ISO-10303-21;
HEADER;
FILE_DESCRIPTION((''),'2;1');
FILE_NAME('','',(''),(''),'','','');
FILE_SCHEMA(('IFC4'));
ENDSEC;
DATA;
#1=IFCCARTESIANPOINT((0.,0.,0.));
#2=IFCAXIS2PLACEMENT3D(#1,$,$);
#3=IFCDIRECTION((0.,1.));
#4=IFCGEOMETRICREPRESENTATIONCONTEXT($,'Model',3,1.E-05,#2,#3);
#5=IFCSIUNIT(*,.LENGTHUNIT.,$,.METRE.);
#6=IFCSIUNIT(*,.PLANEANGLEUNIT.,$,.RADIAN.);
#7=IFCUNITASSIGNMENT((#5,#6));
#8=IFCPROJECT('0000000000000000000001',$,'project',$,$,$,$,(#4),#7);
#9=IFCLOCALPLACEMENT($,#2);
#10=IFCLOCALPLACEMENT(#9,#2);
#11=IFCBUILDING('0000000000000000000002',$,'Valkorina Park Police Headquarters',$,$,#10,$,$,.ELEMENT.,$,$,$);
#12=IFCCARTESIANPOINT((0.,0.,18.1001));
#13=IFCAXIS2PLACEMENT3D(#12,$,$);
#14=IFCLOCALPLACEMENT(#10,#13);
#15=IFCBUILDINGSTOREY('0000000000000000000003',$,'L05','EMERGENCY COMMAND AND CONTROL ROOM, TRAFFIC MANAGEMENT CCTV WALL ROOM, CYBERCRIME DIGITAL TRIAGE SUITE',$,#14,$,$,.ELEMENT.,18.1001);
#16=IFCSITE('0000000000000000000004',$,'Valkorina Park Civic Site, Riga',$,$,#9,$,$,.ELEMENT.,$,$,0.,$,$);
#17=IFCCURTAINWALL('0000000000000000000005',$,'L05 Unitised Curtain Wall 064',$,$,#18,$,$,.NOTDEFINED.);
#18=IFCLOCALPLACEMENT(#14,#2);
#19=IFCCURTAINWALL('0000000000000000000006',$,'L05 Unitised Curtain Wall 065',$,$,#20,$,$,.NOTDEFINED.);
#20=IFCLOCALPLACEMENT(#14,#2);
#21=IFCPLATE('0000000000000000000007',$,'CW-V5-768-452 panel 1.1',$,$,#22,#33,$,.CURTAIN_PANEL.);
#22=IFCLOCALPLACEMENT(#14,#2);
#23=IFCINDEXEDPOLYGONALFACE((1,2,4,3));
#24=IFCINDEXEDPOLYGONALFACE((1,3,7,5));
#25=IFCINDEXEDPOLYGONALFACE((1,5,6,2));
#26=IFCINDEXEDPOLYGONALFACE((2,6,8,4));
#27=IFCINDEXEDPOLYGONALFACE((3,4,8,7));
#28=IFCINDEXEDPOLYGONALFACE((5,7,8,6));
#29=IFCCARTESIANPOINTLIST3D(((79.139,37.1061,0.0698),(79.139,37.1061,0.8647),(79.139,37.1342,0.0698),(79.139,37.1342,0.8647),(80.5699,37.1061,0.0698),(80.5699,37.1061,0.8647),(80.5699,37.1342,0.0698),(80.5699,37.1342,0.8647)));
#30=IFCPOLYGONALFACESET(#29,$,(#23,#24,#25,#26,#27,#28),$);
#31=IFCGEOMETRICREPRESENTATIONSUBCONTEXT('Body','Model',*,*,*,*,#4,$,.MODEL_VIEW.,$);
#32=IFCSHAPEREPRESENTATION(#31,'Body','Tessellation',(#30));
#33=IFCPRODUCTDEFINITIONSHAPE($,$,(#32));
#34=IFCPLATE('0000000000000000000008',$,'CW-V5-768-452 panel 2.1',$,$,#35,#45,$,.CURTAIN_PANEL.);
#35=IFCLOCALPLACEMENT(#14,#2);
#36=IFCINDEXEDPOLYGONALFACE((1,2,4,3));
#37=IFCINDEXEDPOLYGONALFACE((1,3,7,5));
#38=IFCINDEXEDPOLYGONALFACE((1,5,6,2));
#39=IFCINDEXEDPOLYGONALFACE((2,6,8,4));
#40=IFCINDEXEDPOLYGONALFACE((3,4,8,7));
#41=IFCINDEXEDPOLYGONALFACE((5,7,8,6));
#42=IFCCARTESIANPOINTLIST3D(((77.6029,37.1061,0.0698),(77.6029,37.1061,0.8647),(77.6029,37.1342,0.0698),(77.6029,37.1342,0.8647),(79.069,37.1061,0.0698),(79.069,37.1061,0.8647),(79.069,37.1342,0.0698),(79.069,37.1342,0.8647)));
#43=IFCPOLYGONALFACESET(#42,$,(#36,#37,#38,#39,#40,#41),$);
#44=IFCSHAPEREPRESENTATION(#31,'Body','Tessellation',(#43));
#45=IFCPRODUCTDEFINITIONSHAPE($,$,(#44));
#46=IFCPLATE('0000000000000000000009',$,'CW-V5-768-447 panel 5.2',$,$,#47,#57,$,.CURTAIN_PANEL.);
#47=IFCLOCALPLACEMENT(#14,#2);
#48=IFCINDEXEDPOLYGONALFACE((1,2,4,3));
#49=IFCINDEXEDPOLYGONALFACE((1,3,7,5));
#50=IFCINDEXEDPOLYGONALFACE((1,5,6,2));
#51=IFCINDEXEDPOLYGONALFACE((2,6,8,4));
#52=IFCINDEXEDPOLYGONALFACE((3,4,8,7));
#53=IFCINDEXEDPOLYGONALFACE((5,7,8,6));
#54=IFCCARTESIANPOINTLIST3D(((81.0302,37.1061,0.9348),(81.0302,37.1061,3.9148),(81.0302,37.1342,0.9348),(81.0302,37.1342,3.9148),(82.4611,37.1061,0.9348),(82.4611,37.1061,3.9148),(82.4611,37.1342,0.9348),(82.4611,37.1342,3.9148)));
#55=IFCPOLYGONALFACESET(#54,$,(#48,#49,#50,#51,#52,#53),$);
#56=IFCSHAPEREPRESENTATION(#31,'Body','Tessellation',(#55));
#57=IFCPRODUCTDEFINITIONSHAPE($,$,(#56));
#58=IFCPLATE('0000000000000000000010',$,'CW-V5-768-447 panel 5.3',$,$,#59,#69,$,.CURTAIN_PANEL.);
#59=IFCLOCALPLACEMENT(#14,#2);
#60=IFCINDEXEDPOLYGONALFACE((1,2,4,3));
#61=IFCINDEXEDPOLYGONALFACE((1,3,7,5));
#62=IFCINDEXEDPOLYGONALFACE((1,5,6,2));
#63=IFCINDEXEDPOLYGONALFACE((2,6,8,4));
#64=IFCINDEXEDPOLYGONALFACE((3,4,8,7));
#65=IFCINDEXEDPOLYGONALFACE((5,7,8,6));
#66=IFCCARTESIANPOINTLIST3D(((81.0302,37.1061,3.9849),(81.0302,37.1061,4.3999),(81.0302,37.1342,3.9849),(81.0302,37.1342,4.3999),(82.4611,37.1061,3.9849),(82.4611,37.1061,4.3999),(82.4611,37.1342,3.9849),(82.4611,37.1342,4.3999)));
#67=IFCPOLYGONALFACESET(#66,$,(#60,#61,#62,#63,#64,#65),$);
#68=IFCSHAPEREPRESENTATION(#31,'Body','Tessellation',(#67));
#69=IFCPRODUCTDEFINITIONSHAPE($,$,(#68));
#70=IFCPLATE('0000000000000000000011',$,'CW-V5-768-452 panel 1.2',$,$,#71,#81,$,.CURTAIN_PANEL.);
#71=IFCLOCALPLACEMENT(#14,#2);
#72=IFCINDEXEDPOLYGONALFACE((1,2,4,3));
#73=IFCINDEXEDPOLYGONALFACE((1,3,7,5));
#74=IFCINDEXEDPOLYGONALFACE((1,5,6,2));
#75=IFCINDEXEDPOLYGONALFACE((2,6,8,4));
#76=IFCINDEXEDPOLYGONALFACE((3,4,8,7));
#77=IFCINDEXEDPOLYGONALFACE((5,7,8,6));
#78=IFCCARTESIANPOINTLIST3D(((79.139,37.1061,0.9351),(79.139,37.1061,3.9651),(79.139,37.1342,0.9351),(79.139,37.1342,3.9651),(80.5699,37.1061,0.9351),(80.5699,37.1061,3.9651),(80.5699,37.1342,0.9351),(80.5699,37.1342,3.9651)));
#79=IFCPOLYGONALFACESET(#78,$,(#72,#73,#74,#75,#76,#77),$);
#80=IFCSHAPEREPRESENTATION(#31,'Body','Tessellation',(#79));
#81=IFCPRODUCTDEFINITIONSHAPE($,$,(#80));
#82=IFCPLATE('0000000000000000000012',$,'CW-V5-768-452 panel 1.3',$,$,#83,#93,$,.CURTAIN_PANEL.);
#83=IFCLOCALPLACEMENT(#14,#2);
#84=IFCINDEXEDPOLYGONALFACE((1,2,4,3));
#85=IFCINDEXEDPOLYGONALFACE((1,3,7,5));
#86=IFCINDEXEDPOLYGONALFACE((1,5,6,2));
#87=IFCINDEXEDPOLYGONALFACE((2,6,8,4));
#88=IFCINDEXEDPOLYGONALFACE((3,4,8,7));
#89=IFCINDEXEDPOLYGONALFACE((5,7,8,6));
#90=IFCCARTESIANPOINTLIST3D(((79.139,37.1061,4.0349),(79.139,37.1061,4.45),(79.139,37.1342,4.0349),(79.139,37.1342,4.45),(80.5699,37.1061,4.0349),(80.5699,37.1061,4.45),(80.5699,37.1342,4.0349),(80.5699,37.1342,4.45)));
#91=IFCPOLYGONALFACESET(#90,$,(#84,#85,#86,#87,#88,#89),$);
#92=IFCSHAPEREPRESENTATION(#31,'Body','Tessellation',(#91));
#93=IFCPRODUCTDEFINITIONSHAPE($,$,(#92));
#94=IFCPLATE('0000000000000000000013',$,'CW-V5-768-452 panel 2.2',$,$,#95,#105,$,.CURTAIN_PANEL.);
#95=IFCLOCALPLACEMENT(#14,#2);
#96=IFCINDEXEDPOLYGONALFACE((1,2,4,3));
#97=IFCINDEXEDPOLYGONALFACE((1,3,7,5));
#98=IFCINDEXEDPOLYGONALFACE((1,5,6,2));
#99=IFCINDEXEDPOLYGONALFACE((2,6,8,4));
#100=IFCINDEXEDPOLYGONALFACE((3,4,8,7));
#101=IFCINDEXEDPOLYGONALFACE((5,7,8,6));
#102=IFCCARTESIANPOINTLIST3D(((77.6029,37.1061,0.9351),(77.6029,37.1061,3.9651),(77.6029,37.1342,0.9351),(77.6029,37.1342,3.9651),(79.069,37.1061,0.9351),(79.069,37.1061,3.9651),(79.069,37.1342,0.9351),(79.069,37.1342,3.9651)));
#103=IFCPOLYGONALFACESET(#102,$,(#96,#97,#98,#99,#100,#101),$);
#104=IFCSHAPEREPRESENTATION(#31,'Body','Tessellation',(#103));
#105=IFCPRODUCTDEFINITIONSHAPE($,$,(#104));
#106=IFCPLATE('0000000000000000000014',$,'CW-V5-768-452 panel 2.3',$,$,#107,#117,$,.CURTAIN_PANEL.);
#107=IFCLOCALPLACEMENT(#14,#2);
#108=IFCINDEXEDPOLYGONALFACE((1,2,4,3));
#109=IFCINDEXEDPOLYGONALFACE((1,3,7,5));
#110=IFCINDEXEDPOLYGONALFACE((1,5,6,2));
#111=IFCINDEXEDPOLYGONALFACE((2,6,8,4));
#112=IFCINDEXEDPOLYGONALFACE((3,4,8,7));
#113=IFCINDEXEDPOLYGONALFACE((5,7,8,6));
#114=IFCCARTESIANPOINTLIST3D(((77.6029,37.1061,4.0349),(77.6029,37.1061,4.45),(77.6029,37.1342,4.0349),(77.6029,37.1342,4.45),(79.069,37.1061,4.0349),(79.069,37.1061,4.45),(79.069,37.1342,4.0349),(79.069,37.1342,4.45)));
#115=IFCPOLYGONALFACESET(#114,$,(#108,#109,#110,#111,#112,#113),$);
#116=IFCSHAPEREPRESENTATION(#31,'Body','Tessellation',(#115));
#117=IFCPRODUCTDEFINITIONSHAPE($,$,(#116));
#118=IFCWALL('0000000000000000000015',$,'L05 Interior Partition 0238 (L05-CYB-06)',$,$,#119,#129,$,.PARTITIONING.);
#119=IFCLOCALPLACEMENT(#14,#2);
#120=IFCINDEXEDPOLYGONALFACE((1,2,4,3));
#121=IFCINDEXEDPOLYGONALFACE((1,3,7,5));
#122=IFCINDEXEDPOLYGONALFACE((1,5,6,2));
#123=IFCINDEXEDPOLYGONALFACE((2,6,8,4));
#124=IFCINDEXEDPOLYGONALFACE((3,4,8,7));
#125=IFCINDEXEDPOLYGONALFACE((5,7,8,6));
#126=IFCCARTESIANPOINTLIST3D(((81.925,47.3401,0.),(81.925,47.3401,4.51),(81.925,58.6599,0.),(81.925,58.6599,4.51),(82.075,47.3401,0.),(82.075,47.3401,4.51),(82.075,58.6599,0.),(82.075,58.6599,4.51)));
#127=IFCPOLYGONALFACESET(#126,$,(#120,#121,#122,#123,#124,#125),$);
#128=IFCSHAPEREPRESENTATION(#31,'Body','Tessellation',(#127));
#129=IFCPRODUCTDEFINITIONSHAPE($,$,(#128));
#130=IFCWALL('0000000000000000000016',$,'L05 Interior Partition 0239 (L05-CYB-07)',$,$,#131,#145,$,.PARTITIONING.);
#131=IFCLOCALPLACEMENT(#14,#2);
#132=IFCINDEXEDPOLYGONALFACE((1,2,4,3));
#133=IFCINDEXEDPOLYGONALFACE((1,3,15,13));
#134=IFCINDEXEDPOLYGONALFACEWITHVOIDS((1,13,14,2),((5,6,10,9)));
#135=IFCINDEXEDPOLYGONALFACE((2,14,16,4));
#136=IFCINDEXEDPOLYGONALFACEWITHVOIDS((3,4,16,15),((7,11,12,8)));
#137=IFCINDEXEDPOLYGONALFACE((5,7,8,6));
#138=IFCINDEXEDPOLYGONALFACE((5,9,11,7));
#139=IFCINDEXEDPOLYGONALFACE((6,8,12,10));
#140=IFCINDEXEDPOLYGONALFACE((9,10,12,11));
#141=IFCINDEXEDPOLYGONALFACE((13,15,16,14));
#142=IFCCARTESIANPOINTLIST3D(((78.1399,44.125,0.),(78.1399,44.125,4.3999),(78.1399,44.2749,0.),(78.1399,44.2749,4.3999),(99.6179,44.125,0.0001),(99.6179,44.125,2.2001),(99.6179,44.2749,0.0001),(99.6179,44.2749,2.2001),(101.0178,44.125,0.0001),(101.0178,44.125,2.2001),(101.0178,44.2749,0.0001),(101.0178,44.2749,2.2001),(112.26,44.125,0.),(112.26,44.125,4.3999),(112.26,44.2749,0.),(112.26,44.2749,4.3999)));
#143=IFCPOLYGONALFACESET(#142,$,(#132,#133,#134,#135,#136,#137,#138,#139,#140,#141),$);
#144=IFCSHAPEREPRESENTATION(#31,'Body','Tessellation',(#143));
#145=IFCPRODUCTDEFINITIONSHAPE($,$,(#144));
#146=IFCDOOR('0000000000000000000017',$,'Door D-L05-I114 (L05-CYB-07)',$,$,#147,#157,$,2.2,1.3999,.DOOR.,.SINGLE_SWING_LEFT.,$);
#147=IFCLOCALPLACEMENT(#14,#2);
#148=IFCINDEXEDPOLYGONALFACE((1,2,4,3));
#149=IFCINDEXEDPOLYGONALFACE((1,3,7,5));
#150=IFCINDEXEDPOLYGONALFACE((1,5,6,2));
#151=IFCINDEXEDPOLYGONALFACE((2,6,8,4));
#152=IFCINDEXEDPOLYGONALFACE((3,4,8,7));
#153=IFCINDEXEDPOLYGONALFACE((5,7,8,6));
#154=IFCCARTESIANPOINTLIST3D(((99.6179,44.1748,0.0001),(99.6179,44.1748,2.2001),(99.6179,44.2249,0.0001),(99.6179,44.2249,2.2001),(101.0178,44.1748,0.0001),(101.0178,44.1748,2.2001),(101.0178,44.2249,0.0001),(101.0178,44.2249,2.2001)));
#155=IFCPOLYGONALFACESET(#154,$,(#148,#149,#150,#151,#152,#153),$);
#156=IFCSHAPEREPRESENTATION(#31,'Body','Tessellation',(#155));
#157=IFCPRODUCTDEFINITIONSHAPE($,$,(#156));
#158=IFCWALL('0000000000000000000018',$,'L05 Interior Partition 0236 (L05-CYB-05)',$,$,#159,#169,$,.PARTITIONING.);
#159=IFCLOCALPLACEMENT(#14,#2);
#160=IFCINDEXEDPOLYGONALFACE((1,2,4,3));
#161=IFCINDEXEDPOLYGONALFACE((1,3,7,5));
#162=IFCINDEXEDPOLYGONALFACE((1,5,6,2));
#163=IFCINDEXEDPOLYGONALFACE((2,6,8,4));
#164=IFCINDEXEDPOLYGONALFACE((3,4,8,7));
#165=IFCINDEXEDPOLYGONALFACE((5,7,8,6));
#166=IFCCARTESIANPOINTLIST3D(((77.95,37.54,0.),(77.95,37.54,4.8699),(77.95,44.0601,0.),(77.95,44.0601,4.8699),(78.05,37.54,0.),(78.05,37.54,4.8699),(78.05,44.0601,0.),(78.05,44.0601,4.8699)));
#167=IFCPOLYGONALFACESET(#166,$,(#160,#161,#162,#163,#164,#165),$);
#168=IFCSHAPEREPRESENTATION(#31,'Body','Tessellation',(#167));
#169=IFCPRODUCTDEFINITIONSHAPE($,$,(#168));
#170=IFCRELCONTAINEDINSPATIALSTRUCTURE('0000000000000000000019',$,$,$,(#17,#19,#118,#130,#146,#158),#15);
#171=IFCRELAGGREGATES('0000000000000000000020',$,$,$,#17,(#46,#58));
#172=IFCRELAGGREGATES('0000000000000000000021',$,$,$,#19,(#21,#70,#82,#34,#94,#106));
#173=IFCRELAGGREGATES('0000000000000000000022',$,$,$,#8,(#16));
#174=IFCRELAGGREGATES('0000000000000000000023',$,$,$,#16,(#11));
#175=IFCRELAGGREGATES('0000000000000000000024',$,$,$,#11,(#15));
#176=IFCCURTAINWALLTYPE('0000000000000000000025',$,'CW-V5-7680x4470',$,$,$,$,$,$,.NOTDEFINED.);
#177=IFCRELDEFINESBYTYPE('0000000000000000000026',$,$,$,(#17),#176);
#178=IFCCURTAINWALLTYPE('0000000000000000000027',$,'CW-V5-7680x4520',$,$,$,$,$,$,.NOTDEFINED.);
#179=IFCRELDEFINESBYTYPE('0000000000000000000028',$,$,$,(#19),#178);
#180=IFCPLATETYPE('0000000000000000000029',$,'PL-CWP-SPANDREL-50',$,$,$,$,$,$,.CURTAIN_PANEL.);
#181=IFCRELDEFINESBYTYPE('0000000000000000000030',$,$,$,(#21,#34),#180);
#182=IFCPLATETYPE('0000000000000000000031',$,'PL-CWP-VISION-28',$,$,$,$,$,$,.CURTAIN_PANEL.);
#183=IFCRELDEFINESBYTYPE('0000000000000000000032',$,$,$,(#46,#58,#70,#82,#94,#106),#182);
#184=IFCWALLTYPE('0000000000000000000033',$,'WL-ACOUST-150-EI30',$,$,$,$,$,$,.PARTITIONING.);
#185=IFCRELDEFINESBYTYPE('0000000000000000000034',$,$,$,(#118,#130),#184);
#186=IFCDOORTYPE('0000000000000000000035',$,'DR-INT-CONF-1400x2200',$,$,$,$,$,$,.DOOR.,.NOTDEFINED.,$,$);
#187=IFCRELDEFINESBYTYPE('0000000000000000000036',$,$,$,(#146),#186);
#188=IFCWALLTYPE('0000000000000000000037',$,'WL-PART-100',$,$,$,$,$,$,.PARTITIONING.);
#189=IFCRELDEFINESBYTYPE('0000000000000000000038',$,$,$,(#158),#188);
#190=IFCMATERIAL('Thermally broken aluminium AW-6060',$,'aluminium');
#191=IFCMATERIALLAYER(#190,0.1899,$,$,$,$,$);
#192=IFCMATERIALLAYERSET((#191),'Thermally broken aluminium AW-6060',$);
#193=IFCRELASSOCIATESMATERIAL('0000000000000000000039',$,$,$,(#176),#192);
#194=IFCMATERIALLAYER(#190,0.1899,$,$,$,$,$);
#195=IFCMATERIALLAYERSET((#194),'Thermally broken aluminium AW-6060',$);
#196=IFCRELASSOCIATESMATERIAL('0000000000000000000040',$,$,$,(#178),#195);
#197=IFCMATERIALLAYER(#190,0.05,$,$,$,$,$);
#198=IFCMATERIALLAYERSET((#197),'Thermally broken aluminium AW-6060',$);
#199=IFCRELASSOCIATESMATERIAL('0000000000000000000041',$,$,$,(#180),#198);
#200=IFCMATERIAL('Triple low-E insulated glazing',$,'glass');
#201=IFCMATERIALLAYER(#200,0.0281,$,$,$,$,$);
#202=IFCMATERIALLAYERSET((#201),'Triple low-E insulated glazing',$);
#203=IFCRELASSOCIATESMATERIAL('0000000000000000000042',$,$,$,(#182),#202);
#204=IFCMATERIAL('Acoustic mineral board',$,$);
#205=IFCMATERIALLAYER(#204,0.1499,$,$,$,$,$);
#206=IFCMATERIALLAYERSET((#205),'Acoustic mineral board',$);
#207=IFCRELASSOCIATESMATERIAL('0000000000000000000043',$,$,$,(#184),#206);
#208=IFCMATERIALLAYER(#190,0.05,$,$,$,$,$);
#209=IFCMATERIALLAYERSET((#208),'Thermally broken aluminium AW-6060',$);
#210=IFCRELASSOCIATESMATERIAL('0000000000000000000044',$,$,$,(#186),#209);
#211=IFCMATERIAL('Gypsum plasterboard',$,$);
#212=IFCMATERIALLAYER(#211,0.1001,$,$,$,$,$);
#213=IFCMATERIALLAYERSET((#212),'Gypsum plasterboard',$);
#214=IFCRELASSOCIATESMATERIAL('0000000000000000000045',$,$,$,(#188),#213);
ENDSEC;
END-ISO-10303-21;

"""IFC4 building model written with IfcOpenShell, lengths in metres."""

from ifc_helpers import new_model, si_unit, direction, frame, frame_2d, origin, origin_2d, place, context, subcontext, project, spatial, rectangle, extrude, material, layer, layer_set, type_object, element, fill, aggregate, save


model = new_model("IFC4")

# Units and contexts
model_context = context("Model", 3, precision=1e-05, world=origin(), true_north=direction((0.0, 1.0)))
body_context = subcontext(model_context, "Body", "Model", "MODEL_VIEW")
ifc_project = project(units=[si_unit("LENGTHUNIT", "METRE"), si_unit("PLANEANGLEUNIT", "RADIAN")], contexts=[model_context])

# Site, building, storey
site_placement = place(None, origin())
site = spatial("IfcSite", under=ifc_project, at=site_placement, Name="Valkorina Park Civic Site, Riga", CompositionType="ELEMENT", RefElevation=0.0)
building_placement = place(site_placement, origin())
building = spatial("IfcBuilding", under=site, at=building_placement, Name="Valkorina Park Police Headquarters", CompositionType="ELEMENT")
storey_placement = place(building_placement, frame((0.0, 0.0, 18.1001)))
storey = spatial("IfcBuildingStorey", under=building, at=storey_placement, Name="L05", Description="EMERGENCY COMMAND AND CONTROL ROOM, TRAFFIC MANAGEMENT CCTV WALL ROOM, CYBERCRIME DIGITAL TRIAGE SUITE", CompositionType="ELEMENT", Elevation=18.1001)

# Curtain walls
ifc_material_1 = material(Name="Thermally broken aluminium AW-6060", Category="aluminium")
ifc_layer_1 = layer(ifc_material_1, 0.1899)
ifc_layer_set_1 = layer_set([ifc_layer_1], Name="Thermally broken aluminium AW-6060")
curtain_wall_type_1 = type_object("IfcCurtainWallType", Name="CW-V5-7680x4470", PredefinedType="NOTDEFINED", material=ifc_layer_set_1)
curtain_wall_1_placement = place(storey_placement, origin())
curtain_wall_1 = element("IfcCurtainWall", 1, at=curtain_wall_1_placement, inside=storey, type_object=curtain_wall_type_1, Name="L05 Unitised Curtain Wall 064", PredefinedType="NOTDEFINED")
ifc_layer_2 = layer(ifc_material_1, 0.1899)
ifc_layer_set_2 = layer_set([ifc_layer_2], Name="Thermally broken aluminium AW-6060")
curtain_wall_type_2 = type_object("IfcCurtainWallType", Name="CW-V5-7680x4520", PredefinedType="NOTDEFINED", material=ifc_layer_set_2)
curtain_wall_2_placement = place(storey_placement, origin())
curtain_wall_2 = element("IfcCurtainWall", 2, at=curtain_wall_2_placement, inside=storey, type_object=curtain_wall_type_2, Name="L05 Unitised Curtain Wall 065", PredefinedType="NOTDEFINED")

# Plates
ifc_layer_3 = layer(ifc_material_1, 0.05)
ifc_layer_set_3 = layer_set([ifc_layer_3], Name="Thermally broken aluminium AW-6060")
plate_type_1 = type_object("IfcPlateType", Name="PL-CWP-SPANDREL-50", PredefinedType="CURTAIN_PANEL", material=ifc_layer_set_3)
plate_1_placement = place(storey_placement, frame((79.8545, 37.1201, 0.0698), z_axis=(0.0, 0.0, 1.0), x_axis=(-1.0, 0.0, 0.0)))
plate_1 = element("IfcPlate", 3, at=plate_1_placement, type_object=plate_type_1, Name="CW-V5-768-452 panel 1.1", PredefinedType="CURTAIN_PANEL", context=body_context, shape_type="SweptSolid", body=[
    extrude(rectangle(XDim=1.4309, YDim=0.0281, at=origin_2d()), origin(), (0.0, 0.0, 1.0), 0.7949),
])
plate_2_placement = place(storey_placement, frame((78.3359, 37.1201, 0.0698), z_axis=(0.0, 0.0, 1.0), x_axis=(-1.0, 0.0, 0.0)))
plate_2 = element("IfcPlate", 4, at=plate_2_placement, type_object=plate_type_1, Name="CW-V5-768-452 panel 2.1", PredefinedType="CURTAIN_PANEL", context=body_context, shape_type="SweptSolid", body=[
    extrude(rectangle(XDim=1.4661, YDim=0.0281, at=origin_2d()), origin(), (0.0, 0.0, 1.0), 0.7949),
])
ifc_material_2 = material(Name="Triple low-E insulated glazing", Category="glass")
ifc_layer_4 = layer(ifc_material_2, 0.0281)
ifc_layer_set_4 = layer_set([ifc_layer_4], Name="Triple low-E insulated glazing")
plate_type_2 = type_object("IfcPlateType", Name="PL-CWP-VISION-28", PredefinedType="CURTAIN_PANEL", material=ifc_layer_set_4)
plate_3_placement = place(storey_placement, frame((81.7456, 37.1201, 0.9348), z_axis=(0.0, 0.0, 1.0), x_axis=(-1.0, 0.0, 0.0)))
plate_3 = element("IfcPlate", 5, at=plate_3_placement, type_object=plate_type_2, Name="CW-V5-768-447 panel 5.2", PredefinedType="CURTAIN_PANEL", context=body_context, shape_type="SweptSolid", body=[
    extrude(rectangle(XDim=1.4309, YDim=0.0281, at=origin_2d()), origin(), (0.0, 0.0, 1.0), 2.98),
])
plate_4_placement = place(storey_placement, frame((81.7456, 37.1201, 3.9849), z_axis=(0.0, 0.0, 1.0), x_axis=(-1.0, 0.0, 0.0)))
plate_4 = element("IfcPlate", 6, at=plate_4_placement, type_object=plate_type_2, Name="CW-V5-768-447 panel 5.3", PredefinedType="CURTAIN_PANEL", context=body_context, shape_type="SweptSolid", body=[
    extrude(rectangle(XDim=1.4309, YDim=0.0281, at=origin_2d()), origin(), (0.0, 0.0, 1.0), 0.415),
])
aggregate(curtain_wall_1, [plate_3, plate_4])
plate_5_placement = place(storey_placement, frame((79.8545, 37.1201, 0.9351), z_axis=(0.0, 0.0, 1.0), x_axis=(-1.0, 0.0, 0.0)))
plate_5 = element("IfcPlate", 7, at=plate_5_placement, type_object=plate_type_2, Name="CW-V5-768-452 panel 1.2", PredefinedType="CURTAIN_PANEL", context=body_context, shape_type="SweptSolid", body=[
    extrude(rectangle(XDim=1.4309, YDim=0.0281, at=origin_2d()), origin(), (0.0, 0.0, 1.0), 3.03),
])
plate_6_placement = place(storey_placement, frame((79.8545, 37.1201, 4.0349), z_axis=(0.0, 0.0, 1.0), x_axis=(-1.0, 0.0, 0.0)))
plate_6 = element("IfcPlate", 8, at=plate_6_placement, type_object=plate_type_2, Name="CW-V5-768-452 panel 1.3", PredefinedType="CURTAIN_PANEL", context=body_context, shape_type="SweptSolid", body=[
    extrude(rectangle(XDim=1.4309, YDim=0.0281, at=origin_2d()), origin(), (0.0, 0.0, 1.0), 0.415),
])
plate_7_placement = place(storey_placement, frame((78.3359, 37.1201, 0.9351), z_axis=(0.0, 0.0, 1.0), x_axis=(-1.0, 0.0, 0.0)))
plate_7 = element("IfcPlate", 9, at=plate_7_placement, type_object=plate_type_2, Name="CW-V5-768-452 panel 2.2", PredefinedType="CURTAIN_PANEL", context=body_context, shape_type="SweptSolid", body=[
    extrude(rectangle(XDim=1.4661, YDim=0.0281, at=origin_2d()), origin(), (0.0, 0.0, 1.0), 3.03),
])
plate_8_placement = place(storey_placement, frame((78.3359, 37.1201, 4.0349), z_axis=(0.0, 0.0, 1.0), x_axis=(-1.0, 0.0, 0.0)))
plate_8 = element("IfcPlate", 10, at=plate_8_placement, type_object=plate_type_2, Name="CW-V5-768-452 panel 2.3", PredefinedType="CURTAIN_PANEL", context=body_context, shape_type="SweptSolid", body=[
    extrude(rectangle(XDim=1.4661, YDim=0.0281, at=origin_2d()), origin(), (0.0, 0.0, 1.0), 0.415),
])
aggregate(curtain_wall_2, [plate_1, plate_5, plate_6, plate_2, plate_7, plate_8])

# Wall
ifc_material_3 = material(Name="Acoustic mineral board")
ifc_layer_5 = layer(ifc_material_3, 0.1499)
ifc_layer_set_5 = layer_set([ifc_layer_5], Name="Acoustic mineral board")
wall_type_1 = type_object("IfcWallType", Name="WL-ACOUST-150-EI30", PredefinedType="PARTITIONING", material=ifc_layer_set_5)
wall_1_placement = place(storey_placement, frame((82.0, 47.3401, 0.0), z_axis=(0.0, 0.0, 1.0), x_axis=(0.0, 1.0, 0.0)))
element("IfcWall", 11, at=wall_1_placement, inside=storey, type_object=wall_type_1, Name="L05 Interior Partition 0238 (L05-CYB-06)", PredefinedType="PARTITIONING", context=body_context, shape_type="SweptSolid", body=[
    extrude(rectangle(XDim=11.3198, YDim=0.1499, at=frame_2d((5.6599, 0.0))), origin(), (0.0, 0.0, 1.0), 4.51),
])

# Wall, opening, door
wall_2_placement = place(storey_placement, frame((78.1399, 44.2, 0.0), z_axis=(0.0, 0.0, 1.0), x_axis=(1.0, 0.0, 0.0)))
wall_2 = element("IfcWall", 12, at=wall_2_placement, inside=storey, type_object=wall_type_1, Name="L05 Interior Partition 0239 (L05-CYB-07)", PredefinedType="PARTITIONING", context=body_context, shape_type="SweptSolid", body=[
    extrude(rectangle(XDim=34.1201, YDim=0.1499, at=frame_2d((17.0601, 0.0))), origin(), (0.0, 0.0, 1.0), 4.3999),
])
opening_placement = place(wall_2_placement, frame((21.478, 0.0, 0.0)))
opening = element("IfcOpeningElement", 13, at=opening_placement, cuts=wall_2, PredefinedType="OPENING", context=body_context, shape_type="SweptSolid", body=[
    extrude(rectangle(XDim=1.3999, YDim=2.2, at=frame_2d((0.7, 1.1001))), frame((0.0, 0.085, 0.0), z_axis=(0.0, -1.0, 0.0), x_axis=(1.0, 0.0, 0.0)), (0.0, 0.0, 1.0), 0.1699),
])
ifc_layer_6 = layer(ifc_material_1, 0.05)
ifc_layer_set_6 = layer_set([ifc_layer_6], Name="Thermally broken aluminium AW-6060")
door_type = type_object("IfcDoorType", Name="DR-INT-CONF-1400x2200", OperationType="NOTDEFINED", PredefinedType="DOOR", material=ifc_layer_set_6)
door_placement = place(opening_placement, origin())
door = element("IfcDoor", 14, at=door_placement, inside=storey, type_object=door_type, Name="Door D-L05-I114 (L05-CYB-07)", OperationType="SINGLE_SWING_LEFT", OverallHeight=2.2, OverallWidth=1.3999, PredefinedType="DOOR", context=body_context, shape_type="SweptSolid", body=[
    extrude(rectangle(XDim=1.3999, YDim=2.2, at=frame_2d((0.7, 1.1001))), frame((0.0, 0.0249, 0.0), z_axis=(0.0, -1.0, 0.0), x_axis=(1.0, 0.0, 0.0)), (0.0, 0.0, 1.0), 0.05),
])
fill(opening, door)

# Wall
ifc_material_4 = material(Name="Gypsum plasterboard")
ifc_layer_7 = layer(ifc_material_4, 0.1001)
ifc_layer_set_7 = layer_set([ifc_layer_7], Name="Gypsum plasterboard")
wall_type_2 = type_object("IfcWallType", Name="WL-PART-100", PredefinedType="PARTITIONING", material=ifc_layer_set_7)
wall_3_placement = place(storey_placement, frame((78.0, 37.54, 0.0), z_axis=(0.0, 0.0, 1.0), x_axis=(0.0, 1.0, 0.0)))
element("IfcWall", 15, at=wall_3_placement, inside=storey, type_object=wall_type_2, Name="L05 Interior Partition 0236 (L05-CYB-05)", PredefinedType="PARTITIONING", context=body_context, shape_type="SweptSolid", body=[
    extrude(rectangle(XDim=6.52, YDim=0.1001, at=frame_2d((3.26, 0.0))), origin(), (0.0, 0.0, 1.0), 4.8699),
])

save(model, "model.ifc")
